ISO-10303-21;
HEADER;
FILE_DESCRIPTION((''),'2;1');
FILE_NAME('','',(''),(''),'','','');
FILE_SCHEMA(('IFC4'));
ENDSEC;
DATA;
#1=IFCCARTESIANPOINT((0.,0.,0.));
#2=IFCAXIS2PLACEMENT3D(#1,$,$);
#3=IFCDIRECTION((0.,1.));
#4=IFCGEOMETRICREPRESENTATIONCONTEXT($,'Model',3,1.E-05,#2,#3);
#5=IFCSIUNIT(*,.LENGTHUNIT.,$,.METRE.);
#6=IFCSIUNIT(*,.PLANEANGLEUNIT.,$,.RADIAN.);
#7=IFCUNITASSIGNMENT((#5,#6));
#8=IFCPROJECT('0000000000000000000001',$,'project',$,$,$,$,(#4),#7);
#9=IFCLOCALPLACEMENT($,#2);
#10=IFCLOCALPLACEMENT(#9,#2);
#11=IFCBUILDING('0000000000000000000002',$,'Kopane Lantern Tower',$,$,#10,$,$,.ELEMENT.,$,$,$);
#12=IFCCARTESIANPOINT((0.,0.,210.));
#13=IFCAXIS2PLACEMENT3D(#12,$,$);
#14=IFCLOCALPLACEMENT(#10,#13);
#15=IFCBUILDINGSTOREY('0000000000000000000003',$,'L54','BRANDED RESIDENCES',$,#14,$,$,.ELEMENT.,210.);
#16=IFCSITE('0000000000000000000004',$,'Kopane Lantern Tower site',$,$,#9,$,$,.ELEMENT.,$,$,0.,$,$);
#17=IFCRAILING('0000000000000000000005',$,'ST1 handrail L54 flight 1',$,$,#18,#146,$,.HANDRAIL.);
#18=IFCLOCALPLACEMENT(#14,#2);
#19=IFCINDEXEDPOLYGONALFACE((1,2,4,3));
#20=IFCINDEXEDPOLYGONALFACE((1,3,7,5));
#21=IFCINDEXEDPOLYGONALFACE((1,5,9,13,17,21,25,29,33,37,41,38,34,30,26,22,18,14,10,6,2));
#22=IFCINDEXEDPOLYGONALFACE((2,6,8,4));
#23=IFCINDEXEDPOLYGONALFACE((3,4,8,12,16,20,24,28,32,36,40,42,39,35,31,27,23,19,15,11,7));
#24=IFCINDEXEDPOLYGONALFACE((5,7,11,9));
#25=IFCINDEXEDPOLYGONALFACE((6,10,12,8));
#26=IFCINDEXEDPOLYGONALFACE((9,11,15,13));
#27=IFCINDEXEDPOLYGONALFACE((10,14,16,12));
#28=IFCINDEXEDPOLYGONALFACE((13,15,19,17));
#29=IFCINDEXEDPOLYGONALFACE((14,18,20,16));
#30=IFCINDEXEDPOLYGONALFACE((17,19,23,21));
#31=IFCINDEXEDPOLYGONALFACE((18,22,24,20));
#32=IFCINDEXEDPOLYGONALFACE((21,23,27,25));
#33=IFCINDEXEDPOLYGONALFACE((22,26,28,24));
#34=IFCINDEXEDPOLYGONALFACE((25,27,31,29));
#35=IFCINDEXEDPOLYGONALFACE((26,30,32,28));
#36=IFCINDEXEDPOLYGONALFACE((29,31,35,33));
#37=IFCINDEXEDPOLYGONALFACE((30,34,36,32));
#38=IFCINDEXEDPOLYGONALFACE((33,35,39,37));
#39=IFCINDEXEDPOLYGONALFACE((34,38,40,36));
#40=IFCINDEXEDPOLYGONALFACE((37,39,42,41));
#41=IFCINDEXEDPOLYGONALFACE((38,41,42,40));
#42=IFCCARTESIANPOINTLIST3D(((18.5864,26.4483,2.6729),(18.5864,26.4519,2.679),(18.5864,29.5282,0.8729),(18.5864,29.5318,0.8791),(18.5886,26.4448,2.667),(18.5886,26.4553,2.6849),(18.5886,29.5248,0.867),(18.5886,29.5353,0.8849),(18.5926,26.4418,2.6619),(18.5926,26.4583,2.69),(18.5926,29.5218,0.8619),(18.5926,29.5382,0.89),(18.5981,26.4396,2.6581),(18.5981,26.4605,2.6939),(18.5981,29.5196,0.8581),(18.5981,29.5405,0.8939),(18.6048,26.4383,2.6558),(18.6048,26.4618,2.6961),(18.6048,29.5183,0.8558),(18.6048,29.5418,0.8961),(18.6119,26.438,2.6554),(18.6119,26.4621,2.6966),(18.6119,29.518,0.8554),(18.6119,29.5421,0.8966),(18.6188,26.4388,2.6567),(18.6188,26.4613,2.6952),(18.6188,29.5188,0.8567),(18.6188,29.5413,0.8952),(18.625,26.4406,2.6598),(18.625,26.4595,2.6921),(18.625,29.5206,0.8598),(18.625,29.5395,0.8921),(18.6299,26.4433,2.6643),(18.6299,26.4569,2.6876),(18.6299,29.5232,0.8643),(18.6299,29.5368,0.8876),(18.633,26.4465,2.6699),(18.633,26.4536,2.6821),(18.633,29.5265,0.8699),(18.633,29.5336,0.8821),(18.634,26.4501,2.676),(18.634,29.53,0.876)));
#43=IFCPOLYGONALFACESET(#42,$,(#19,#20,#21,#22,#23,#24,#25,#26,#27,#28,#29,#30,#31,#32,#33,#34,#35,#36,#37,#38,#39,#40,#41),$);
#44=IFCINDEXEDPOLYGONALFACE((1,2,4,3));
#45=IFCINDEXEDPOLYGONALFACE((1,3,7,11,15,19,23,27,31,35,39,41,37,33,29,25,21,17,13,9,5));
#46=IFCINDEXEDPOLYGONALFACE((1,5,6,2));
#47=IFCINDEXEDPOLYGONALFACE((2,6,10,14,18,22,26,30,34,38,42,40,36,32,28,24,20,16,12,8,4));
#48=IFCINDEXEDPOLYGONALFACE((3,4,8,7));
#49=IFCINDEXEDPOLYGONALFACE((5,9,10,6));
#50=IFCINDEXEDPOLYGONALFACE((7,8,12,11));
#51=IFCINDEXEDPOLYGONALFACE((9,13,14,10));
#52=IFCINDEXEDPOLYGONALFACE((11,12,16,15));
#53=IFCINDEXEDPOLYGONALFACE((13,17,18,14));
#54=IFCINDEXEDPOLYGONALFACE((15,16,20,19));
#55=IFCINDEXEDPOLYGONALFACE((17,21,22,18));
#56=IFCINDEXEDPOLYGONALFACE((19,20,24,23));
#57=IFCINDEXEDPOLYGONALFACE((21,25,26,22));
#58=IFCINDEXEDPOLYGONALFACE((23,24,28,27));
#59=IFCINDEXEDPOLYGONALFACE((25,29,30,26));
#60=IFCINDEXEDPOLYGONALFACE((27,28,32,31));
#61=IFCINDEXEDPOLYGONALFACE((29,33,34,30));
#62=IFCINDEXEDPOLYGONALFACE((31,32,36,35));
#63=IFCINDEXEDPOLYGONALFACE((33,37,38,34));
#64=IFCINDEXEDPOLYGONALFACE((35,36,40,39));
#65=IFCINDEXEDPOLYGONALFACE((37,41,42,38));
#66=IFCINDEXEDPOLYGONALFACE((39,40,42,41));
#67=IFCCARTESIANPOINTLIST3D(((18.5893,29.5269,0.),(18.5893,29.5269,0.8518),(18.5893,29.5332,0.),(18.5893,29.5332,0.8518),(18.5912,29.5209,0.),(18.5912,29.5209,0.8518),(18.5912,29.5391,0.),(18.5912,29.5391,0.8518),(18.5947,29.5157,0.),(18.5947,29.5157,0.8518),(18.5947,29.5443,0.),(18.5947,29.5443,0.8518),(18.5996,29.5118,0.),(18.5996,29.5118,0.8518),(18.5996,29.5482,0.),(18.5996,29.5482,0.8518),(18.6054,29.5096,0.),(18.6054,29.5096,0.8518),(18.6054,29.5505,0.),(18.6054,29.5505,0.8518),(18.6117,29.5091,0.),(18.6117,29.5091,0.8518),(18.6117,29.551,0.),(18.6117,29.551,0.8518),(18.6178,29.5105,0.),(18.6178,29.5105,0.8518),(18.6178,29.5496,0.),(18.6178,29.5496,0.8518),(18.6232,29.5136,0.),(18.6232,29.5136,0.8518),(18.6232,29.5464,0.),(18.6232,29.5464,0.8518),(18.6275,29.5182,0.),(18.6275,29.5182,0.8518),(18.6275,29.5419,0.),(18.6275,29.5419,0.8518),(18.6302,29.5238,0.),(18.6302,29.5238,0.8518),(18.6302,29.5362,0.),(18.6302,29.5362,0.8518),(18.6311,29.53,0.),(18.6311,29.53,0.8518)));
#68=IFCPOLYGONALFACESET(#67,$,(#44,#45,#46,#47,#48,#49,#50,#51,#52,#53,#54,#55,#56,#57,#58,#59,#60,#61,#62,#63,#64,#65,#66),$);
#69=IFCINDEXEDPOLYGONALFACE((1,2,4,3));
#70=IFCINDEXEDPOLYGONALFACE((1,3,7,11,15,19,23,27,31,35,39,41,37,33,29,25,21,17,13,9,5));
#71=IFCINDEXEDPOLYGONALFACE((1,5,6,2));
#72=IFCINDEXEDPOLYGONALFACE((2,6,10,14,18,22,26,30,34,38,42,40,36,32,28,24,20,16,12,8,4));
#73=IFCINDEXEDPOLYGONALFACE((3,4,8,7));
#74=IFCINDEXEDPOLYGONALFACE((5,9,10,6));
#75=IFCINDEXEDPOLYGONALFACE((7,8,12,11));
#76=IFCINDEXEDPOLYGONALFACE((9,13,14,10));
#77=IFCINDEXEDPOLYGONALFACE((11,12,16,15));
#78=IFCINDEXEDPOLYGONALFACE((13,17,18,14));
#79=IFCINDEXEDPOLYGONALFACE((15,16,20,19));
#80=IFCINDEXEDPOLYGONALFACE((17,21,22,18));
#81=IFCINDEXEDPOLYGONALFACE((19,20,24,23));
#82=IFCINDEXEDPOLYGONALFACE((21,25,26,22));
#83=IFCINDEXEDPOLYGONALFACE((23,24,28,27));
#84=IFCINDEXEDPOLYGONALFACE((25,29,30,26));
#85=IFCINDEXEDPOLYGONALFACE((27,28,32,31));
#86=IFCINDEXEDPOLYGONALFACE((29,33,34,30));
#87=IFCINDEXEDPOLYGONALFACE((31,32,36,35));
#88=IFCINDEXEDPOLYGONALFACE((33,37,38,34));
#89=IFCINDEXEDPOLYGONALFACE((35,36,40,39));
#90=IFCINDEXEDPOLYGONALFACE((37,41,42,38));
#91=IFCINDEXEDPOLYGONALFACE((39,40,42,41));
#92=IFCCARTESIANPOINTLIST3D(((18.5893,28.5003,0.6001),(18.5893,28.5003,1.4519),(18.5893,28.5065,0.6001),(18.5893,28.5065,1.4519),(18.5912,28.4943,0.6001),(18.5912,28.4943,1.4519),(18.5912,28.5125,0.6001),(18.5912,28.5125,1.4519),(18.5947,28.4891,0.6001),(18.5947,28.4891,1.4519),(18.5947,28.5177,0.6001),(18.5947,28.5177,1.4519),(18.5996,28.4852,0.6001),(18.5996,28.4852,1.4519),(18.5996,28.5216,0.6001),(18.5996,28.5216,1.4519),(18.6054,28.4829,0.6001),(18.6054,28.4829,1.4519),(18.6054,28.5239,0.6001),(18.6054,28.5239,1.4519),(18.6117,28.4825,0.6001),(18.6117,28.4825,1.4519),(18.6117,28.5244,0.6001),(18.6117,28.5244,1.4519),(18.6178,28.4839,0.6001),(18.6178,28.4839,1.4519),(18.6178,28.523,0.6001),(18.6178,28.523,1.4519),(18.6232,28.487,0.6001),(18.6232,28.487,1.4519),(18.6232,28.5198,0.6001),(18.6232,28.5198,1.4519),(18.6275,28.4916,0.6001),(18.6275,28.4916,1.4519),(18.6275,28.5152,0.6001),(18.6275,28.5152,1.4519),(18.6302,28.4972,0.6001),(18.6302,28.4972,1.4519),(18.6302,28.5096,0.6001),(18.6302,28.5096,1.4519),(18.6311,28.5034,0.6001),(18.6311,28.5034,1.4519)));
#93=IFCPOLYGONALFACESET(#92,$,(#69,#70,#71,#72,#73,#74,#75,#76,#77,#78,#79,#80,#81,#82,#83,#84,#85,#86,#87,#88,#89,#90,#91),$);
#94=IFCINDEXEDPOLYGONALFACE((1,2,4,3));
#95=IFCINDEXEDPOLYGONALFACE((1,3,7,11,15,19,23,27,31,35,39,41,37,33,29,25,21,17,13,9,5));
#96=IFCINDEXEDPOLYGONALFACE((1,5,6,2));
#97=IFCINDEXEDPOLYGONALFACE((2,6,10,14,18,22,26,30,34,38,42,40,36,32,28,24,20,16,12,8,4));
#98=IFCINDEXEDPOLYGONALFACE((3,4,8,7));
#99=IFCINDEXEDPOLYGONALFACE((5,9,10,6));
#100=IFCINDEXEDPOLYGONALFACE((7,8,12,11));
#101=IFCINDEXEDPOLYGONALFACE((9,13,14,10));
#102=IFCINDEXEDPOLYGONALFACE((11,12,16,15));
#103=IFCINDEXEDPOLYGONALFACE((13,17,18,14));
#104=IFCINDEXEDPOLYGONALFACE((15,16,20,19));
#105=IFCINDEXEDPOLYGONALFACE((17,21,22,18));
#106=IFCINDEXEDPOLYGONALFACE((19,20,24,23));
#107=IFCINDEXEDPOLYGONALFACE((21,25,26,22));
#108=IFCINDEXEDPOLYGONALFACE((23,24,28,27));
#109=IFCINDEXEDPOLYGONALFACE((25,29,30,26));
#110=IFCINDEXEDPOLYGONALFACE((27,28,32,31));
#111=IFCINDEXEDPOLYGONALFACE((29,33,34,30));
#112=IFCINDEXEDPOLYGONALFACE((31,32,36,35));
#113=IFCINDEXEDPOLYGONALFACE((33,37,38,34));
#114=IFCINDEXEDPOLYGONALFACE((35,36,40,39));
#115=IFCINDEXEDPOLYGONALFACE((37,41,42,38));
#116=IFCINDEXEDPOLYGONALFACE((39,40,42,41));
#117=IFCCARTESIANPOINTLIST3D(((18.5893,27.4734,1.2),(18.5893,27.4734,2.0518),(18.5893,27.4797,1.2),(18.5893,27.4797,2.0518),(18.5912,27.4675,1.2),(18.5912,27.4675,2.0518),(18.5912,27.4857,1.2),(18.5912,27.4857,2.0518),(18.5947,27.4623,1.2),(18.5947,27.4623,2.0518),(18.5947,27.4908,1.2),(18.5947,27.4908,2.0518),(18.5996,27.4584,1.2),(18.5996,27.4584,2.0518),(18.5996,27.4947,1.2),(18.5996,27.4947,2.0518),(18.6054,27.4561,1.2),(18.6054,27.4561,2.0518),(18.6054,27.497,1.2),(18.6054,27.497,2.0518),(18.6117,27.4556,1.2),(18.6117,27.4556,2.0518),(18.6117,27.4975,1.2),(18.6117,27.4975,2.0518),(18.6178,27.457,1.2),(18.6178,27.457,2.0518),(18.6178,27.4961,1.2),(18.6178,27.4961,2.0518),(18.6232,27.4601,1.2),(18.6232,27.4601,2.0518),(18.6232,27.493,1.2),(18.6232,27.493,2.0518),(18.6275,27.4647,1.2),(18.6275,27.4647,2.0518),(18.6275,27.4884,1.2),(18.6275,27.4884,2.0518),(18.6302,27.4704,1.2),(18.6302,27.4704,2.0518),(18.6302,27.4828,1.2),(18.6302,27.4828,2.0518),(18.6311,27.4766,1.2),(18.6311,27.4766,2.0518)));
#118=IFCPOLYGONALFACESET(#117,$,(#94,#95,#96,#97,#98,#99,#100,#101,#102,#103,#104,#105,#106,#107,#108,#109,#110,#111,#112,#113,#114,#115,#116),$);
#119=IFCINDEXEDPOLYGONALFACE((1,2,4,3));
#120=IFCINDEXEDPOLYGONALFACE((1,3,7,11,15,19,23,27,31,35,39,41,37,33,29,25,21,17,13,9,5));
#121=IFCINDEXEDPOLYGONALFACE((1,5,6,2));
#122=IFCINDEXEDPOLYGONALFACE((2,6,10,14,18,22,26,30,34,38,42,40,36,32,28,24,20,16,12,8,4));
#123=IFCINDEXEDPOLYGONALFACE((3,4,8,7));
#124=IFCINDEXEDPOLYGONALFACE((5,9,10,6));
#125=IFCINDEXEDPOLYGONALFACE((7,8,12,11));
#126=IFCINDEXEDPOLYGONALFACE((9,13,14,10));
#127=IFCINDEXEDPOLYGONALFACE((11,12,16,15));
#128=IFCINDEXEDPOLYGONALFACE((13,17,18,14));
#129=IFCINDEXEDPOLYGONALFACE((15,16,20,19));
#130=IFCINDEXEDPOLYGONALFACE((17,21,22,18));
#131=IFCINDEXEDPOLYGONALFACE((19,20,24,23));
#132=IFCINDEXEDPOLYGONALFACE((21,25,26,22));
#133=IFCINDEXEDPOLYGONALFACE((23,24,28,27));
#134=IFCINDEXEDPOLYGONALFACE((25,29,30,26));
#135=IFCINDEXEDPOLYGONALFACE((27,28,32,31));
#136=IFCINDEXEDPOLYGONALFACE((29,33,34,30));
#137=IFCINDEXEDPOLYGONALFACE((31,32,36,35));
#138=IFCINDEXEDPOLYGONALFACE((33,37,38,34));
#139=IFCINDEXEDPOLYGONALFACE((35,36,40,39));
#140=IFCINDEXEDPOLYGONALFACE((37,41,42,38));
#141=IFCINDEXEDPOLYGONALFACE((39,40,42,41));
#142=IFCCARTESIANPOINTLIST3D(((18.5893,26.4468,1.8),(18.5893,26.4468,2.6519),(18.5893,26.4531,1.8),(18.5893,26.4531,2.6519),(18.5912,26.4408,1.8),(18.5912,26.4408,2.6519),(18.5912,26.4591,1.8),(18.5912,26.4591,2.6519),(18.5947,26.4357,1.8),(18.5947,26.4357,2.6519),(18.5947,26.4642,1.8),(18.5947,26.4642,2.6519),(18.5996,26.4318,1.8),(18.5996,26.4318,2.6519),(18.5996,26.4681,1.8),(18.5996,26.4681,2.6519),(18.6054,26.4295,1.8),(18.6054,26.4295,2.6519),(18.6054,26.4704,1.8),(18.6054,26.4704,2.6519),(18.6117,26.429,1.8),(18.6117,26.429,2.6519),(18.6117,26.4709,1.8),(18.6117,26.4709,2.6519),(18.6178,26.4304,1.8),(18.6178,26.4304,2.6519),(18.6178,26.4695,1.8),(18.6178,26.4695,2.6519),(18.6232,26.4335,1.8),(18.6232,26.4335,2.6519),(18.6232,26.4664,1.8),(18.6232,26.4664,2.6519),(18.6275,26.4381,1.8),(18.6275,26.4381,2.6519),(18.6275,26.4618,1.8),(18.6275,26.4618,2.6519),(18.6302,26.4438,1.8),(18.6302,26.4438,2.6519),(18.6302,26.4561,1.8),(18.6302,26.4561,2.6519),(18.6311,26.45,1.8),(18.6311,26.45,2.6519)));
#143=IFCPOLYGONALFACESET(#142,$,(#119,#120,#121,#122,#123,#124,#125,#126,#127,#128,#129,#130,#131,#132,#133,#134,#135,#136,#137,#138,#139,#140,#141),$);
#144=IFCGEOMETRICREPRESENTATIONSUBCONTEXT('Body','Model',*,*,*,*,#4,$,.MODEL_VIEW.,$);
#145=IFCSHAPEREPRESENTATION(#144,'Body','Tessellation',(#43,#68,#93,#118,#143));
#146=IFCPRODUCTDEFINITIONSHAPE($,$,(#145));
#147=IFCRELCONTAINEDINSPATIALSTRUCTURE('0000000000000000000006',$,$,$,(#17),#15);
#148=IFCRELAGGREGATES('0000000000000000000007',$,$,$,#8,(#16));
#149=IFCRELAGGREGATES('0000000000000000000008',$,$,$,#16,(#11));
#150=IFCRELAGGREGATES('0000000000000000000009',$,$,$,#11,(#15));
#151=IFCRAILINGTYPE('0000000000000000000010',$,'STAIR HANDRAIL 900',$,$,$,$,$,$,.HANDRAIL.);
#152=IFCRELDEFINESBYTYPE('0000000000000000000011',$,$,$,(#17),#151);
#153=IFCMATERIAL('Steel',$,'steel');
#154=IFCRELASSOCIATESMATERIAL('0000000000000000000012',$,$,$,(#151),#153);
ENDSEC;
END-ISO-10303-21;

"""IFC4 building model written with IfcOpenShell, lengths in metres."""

from ifc_helpers import new_model, si_unit, direction, frame, origin, origin_2d, place, context, subcontext, project, spatial, circle, extrude, material, type_object, element, save


model = new_model("IFC4")

# Units and contexts
model_context = context("Model", 3, precision=1e-05, world=origin(), true_north=direction((0.0, 1.0)))
body_context = subcontext(model_context, "Body", "Model", "MODEL_VIEW")
ifc_project = project(units=[si_unit("LENGTHUNIT", "METRE"), si_unit("PLANEANGLEUNIT", "RADIAN")], contexts=[model_context])

# Site, building, storey
site_placement = place(None, origin())
site = spatial("IfcSite", under=ifc_project, at=site_placement, Name="Kopane Lantern Tower site", CompositionType="ELEMENT", RefElevation=0.0)
building_placement = place(site_placement, origin())
building = spatial("IfcBuilding", under=site, at=building_placement, Name="Kopane Lantern Tower", CompositionType="ELEMENT")
storey_placement = place(building_placement, frame((0.0, 0.0, 210.0)))
storey = spatial("IfcBuildingStorey", under=building, at=storey_placement, Name="L54", Description="BRANDED RESIDENCES", CompositionType="ELEMENT", Elevation=210.0)

# Railing
ifc_material_1 = material(Name="Steel", Category="steel")
railing_type_1 = type_object("IfcRailingType", Name="STAIR HANDRAIL 900", PredefinedType="HANDRAIL", material=ifc_material_1)
for number, where, name in (
    (1, (18.6101, 29.53, 0.0), "ST1 handrail L54 flight 1"),
):
    element("IfcRailing", number, at=place(storey_placement, frame(where)), inside=storey, type_object=railing_type_1, Name=name, PredefinedType="HANDRAIL", context=body_context, shape_type="SweptSolid", body=[
        extrude(circle(Radius=0.0239, at=origin_2d()), frame((0.0, 0.0, 0.876), z_axis=(0.0, -0.863372, 0.504569), x_axis=(1.0, 0.0, 0.0)), (0.0, 0.0, 1.0), 3.5674),
        extrude(circle(Radius=0.021, at=origin_2d()), origin(), (0.0, 0.0, 1.0), 0.8518),
        extrude(circle(Radius=0.021, at=origin_2d()), frame((0.0, -1.0266, 0.6001)), (0.0, 0.0, 1.0), 0.8518),
        extrude(circle(Radius=0.021, at=origin_2d()), frame((0.0, -2.0535, 1.2)), (0.0, 0.0, 1.0), 0.8518),
        extrude(circle(Radius=0.021, at=origin_2d()), frame((0.0, -3.0801, 1.8)), (0.0, 0.0, 1.0), 0.8518),
    ])

save(model, "model.ifc")
